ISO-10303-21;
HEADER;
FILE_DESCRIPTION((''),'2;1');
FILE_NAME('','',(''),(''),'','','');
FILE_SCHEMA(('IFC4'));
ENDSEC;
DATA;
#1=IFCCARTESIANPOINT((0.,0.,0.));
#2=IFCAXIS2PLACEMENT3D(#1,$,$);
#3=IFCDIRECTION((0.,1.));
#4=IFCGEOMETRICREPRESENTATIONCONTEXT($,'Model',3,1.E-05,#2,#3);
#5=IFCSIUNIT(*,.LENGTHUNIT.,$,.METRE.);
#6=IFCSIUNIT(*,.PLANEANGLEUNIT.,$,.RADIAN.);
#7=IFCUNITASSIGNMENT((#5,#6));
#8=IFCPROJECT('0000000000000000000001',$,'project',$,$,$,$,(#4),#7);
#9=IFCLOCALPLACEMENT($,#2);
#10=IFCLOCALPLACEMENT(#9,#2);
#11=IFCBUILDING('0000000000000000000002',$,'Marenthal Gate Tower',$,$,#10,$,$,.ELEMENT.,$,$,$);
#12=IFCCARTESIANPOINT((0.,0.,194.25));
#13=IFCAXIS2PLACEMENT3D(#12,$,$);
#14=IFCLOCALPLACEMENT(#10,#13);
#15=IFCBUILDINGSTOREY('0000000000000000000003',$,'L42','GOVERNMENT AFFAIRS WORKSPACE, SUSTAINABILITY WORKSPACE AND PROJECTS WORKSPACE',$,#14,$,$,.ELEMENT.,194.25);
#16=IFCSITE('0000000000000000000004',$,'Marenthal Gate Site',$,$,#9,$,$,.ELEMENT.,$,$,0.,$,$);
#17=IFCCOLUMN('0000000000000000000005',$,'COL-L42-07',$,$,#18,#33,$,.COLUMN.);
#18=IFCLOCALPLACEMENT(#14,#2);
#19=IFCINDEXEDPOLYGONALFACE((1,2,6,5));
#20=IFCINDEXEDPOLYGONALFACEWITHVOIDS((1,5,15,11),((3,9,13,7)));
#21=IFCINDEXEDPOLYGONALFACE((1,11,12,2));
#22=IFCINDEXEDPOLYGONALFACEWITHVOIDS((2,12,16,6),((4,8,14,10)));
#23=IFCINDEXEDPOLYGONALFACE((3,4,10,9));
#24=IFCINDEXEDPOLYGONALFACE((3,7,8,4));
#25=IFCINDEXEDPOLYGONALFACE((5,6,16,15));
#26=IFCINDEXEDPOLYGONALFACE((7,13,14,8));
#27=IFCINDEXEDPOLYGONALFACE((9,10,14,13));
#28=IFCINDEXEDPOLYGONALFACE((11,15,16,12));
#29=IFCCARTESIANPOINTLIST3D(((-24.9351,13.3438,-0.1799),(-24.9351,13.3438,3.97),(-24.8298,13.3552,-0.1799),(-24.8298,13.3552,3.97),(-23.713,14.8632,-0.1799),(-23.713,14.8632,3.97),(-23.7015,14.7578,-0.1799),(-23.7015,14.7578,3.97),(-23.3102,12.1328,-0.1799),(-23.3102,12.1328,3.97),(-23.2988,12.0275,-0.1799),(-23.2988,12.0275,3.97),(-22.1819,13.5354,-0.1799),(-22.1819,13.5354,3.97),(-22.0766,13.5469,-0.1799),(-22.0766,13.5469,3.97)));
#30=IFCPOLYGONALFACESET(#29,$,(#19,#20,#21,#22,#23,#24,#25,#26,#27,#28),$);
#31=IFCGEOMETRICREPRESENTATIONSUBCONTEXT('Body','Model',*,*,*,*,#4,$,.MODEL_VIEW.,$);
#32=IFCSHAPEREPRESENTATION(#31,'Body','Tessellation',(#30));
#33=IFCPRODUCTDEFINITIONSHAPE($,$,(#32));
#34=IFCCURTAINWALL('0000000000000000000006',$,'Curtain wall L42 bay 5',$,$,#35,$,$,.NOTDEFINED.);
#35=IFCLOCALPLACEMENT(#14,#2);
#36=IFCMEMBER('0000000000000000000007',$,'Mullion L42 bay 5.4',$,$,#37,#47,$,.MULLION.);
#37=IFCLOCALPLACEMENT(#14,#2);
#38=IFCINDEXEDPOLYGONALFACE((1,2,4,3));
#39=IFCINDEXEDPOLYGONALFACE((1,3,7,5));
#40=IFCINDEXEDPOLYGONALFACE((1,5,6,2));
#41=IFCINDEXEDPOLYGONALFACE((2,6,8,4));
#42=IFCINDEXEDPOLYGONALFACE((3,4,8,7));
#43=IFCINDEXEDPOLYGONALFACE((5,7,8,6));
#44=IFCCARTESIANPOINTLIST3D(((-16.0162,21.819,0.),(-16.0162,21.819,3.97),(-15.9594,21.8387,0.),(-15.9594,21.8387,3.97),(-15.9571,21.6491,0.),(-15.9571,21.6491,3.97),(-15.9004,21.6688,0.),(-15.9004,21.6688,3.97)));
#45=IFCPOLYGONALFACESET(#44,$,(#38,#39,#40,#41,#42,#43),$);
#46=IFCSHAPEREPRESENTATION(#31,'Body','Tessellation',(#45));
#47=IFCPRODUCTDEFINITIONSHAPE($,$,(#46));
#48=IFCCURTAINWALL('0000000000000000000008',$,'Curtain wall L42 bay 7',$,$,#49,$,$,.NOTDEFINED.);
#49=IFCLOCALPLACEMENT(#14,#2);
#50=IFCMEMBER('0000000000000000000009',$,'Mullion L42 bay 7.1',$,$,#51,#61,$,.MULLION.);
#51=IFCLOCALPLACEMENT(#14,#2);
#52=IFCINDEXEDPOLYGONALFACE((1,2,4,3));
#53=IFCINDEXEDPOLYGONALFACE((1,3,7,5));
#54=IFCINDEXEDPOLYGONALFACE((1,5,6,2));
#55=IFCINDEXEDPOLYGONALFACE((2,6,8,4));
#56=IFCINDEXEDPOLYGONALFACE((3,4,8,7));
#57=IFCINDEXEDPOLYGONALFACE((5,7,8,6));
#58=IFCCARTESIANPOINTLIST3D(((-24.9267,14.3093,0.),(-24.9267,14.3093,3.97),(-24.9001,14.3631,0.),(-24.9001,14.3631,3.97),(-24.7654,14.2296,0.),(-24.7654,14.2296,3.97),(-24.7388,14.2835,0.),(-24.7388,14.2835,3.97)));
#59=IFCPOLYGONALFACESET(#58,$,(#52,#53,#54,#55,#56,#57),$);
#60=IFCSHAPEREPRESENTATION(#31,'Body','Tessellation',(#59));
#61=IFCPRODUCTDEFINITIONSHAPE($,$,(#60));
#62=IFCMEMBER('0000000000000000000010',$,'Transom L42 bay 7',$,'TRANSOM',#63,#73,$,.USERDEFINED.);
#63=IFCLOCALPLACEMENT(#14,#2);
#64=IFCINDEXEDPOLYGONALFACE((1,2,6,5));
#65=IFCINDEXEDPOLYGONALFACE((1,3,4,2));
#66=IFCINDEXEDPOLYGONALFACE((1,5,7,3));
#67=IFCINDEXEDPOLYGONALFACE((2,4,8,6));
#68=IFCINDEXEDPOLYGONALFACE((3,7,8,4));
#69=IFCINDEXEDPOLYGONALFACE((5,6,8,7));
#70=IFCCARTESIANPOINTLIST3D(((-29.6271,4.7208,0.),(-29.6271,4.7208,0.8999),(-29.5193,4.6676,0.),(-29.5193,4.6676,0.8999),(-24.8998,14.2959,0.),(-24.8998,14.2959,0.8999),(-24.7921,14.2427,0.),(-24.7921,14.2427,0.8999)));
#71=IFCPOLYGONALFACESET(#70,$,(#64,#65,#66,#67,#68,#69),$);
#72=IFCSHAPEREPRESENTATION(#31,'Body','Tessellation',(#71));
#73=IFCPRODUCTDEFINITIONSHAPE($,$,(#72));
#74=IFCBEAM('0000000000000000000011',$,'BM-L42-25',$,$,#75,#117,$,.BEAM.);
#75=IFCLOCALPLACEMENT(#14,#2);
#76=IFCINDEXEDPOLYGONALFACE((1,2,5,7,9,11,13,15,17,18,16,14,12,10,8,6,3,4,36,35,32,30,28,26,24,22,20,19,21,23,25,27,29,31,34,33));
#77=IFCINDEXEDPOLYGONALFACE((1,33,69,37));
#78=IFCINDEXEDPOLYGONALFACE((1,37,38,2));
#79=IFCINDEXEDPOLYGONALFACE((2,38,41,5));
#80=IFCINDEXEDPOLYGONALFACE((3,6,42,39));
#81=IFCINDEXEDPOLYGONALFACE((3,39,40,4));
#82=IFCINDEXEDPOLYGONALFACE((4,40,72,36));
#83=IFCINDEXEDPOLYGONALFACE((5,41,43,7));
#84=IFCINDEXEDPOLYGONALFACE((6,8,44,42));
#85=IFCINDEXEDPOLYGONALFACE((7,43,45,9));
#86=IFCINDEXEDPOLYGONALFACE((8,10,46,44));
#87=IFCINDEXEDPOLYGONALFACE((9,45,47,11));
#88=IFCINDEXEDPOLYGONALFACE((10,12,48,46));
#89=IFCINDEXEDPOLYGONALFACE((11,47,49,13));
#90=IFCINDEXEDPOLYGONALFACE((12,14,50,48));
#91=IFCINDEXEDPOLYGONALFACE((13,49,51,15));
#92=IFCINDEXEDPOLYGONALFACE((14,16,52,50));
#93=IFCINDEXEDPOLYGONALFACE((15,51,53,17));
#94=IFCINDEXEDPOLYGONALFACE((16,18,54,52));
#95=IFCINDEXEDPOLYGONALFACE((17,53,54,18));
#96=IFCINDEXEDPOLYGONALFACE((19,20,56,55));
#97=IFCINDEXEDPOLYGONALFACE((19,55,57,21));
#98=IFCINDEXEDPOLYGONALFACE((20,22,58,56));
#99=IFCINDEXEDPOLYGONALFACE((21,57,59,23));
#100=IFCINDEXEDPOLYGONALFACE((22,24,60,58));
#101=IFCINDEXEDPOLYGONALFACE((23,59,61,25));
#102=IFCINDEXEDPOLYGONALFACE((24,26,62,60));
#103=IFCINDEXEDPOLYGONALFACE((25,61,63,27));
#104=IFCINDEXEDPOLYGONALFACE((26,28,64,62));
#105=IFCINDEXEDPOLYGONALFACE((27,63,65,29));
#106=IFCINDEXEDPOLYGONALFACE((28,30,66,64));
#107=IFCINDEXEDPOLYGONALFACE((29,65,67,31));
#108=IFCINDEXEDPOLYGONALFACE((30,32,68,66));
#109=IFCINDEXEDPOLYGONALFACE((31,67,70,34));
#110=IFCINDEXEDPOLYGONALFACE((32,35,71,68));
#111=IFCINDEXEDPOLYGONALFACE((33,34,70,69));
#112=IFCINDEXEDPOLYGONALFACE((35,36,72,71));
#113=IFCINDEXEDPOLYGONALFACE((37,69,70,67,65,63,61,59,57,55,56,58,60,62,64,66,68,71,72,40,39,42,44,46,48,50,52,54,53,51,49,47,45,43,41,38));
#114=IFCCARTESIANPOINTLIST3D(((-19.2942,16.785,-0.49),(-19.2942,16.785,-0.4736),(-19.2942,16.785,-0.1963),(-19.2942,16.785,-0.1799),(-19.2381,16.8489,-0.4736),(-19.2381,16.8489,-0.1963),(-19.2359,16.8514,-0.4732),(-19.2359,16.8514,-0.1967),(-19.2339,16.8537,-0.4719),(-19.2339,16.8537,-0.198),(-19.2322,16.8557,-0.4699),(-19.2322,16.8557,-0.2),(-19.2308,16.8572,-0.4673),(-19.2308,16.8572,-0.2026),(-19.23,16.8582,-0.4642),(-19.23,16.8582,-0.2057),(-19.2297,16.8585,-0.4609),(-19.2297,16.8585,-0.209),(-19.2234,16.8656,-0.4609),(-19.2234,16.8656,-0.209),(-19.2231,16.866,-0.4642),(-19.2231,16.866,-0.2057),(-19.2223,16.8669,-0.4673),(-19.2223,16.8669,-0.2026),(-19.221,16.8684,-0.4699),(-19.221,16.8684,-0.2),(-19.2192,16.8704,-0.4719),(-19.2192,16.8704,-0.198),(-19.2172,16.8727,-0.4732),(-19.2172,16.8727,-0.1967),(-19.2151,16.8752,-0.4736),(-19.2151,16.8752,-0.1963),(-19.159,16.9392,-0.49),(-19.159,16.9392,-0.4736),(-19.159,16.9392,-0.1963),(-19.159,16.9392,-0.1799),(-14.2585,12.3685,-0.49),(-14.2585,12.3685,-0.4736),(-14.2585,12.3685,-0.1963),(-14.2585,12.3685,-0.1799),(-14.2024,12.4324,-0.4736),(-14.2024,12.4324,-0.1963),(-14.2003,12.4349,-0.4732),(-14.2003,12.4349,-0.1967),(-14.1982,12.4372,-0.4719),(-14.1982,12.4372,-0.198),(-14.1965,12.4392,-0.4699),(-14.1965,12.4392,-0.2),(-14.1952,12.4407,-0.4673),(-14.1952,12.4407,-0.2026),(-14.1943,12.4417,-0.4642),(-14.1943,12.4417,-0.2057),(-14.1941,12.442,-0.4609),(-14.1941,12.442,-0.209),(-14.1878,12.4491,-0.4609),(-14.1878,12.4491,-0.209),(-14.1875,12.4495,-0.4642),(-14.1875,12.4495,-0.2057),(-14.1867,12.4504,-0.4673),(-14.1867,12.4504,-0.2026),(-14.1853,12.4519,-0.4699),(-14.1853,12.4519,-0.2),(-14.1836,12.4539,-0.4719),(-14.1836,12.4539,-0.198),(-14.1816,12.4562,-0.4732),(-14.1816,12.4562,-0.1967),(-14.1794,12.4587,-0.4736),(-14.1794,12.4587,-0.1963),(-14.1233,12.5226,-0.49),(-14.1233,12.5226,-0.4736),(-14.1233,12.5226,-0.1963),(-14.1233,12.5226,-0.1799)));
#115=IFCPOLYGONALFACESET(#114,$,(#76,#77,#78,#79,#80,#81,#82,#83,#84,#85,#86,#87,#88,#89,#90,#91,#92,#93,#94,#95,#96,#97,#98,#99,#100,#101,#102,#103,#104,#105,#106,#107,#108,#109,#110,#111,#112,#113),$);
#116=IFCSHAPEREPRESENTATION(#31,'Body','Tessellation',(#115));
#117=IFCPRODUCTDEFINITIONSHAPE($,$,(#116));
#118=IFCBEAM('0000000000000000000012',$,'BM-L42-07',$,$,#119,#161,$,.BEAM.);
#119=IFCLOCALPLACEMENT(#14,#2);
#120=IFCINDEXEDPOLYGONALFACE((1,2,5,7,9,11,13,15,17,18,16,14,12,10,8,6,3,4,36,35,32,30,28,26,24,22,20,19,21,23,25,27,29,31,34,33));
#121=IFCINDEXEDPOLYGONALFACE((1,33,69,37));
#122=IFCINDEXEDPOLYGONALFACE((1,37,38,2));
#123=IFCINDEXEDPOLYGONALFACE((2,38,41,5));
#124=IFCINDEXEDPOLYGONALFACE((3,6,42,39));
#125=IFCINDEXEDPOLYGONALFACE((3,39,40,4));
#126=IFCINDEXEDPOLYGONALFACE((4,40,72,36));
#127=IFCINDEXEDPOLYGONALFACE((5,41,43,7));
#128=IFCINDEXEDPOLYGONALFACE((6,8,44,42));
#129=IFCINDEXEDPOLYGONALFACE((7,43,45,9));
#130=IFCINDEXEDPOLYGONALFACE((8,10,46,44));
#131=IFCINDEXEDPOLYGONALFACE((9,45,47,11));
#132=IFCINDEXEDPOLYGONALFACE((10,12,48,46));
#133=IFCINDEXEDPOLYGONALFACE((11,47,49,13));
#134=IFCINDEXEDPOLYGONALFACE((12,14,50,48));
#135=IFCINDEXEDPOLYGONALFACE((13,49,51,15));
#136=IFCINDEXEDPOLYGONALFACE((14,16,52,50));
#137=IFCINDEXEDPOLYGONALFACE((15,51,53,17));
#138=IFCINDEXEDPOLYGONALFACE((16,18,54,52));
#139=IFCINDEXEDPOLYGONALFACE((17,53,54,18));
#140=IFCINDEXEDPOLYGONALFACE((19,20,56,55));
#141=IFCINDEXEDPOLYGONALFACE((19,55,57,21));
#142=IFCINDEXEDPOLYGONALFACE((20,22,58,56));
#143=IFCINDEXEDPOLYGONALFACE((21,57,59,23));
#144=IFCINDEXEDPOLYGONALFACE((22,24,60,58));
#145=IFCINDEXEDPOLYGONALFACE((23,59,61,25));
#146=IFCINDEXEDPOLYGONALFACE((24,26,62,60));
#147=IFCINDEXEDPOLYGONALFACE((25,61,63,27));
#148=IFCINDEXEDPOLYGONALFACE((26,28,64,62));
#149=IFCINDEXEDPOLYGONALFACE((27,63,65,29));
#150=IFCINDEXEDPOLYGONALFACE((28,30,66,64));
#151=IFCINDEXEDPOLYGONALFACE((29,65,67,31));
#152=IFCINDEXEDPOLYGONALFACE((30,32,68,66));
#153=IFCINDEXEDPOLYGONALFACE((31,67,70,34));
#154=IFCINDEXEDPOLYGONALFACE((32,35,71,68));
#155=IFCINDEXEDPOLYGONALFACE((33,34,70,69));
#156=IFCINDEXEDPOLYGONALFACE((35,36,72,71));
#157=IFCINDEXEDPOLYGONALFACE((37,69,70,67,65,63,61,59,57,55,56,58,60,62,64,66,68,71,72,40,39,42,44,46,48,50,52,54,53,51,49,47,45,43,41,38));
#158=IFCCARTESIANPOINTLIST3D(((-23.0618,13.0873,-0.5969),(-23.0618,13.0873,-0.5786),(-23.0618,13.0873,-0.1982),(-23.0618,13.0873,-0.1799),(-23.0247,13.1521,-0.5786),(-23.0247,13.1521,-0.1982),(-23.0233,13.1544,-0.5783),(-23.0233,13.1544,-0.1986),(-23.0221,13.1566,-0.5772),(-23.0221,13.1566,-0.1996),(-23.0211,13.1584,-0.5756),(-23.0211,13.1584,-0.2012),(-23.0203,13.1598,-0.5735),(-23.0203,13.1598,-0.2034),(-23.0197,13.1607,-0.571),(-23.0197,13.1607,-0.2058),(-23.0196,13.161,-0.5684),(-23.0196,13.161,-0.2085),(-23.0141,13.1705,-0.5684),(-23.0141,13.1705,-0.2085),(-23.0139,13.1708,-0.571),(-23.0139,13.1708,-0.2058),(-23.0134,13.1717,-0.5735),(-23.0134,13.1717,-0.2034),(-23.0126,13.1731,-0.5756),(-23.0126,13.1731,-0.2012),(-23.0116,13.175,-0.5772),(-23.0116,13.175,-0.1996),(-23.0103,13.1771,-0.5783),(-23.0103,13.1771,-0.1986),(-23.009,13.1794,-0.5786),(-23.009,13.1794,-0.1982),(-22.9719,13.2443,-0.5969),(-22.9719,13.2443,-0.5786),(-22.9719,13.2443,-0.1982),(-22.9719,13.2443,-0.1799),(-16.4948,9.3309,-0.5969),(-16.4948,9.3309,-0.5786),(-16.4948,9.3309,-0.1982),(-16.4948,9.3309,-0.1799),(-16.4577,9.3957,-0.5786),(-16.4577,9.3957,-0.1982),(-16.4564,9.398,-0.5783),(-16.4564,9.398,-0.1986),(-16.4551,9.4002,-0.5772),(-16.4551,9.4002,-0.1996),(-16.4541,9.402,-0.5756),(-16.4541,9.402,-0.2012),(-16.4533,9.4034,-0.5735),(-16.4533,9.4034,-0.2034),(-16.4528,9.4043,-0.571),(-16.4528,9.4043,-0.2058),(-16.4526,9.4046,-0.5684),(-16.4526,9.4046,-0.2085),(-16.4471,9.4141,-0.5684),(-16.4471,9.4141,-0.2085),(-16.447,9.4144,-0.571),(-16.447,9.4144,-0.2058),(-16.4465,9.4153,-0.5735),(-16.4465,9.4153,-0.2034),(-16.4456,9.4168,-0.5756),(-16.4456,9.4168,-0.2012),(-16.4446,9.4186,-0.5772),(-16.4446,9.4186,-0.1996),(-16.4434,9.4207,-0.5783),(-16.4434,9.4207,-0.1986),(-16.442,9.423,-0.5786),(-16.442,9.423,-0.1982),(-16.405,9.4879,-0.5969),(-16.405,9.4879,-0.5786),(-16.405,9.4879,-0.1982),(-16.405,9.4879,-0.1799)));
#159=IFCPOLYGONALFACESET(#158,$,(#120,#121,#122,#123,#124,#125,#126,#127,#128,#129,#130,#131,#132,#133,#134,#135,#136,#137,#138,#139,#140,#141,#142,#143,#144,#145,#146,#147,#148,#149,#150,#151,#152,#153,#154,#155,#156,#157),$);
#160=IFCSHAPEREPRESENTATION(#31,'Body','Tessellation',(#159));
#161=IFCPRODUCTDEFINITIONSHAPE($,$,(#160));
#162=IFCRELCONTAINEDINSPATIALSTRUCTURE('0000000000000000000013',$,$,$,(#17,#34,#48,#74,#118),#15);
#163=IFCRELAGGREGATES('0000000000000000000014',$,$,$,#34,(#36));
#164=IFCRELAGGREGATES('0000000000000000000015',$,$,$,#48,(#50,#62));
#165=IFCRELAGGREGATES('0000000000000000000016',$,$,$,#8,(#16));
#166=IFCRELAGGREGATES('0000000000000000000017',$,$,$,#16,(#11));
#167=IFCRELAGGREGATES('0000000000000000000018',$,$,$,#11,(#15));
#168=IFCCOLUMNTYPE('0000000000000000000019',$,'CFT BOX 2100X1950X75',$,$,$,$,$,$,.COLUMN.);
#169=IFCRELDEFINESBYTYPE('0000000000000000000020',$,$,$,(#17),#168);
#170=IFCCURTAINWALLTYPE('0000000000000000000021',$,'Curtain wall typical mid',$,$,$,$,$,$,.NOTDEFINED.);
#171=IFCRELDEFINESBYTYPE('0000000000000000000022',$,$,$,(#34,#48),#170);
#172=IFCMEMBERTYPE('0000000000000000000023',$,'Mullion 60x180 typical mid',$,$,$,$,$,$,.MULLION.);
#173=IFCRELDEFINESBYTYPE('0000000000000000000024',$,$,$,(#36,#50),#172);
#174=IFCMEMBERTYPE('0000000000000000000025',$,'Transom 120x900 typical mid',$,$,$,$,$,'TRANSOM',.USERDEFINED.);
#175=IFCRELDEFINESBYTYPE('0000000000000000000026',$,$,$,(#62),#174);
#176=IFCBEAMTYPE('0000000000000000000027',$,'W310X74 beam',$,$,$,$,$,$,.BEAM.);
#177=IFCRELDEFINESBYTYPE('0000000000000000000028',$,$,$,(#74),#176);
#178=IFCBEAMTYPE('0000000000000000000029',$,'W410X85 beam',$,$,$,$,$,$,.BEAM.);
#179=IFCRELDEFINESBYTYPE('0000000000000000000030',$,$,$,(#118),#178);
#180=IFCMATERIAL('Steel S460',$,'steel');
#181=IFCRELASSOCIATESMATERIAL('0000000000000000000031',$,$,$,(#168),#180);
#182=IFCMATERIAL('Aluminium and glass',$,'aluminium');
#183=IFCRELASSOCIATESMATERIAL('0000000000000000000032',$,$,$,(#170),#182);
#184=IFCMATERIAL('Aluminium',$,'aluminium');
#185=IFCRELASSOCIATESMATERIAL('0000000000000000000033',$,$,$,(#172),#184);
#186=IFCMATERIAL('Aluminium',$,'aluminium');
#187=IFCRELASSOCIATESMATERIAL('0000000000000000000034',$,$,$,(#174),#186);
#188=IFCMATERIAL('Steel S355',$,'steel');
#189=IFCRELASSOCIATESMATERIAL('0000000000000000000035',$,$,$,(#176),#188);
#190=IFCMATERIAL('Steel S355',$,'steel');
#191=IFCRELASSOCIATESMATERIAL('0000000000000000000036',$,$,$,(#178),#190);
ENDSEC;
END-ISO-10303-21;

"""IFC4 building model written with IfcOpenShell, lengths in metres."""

from ifc_helpers import new_model, si_unit, direction, frame, origin, origin_2d, place, context, subcontext, project, spatial, rectangle, hollow_rectangle, i_section, extrude, material, material_profile, profile_set, type_object, element, aggregate, save


model = new_model("IFC4")

# Units and contexts
model_context = context("Model", 3, precision=1e-05, world=origin(), true_north=direction((0.0, 1.0)))
body_context = subcontext(model_context, "Body", "Model", "MODEL_VIEW")
ifc_project = project(units=[si_unit("LENGTHUNIT", "METRE"), si_unit("PLANEANGLEUNIT", "RADIAN")], contexts=[model_context])

# Site, building, storey
site_placement = place(None, origin())
site = spatial("IfcSite", under=ifc_project, at=site_placement, Name="Marenthal Gate Site", CompositionType="ELEMENT", RefElevation=0.0)
building_placement = place(site_placement, origin())
building = spatial("IfcBuilding", under=site, at=building_placement, Name="Marenthal Gate Tower", CompositionType="ELEMENT")
storey_placement = place(building_placement, frame((0.0, 0.0, 194.25)))
storey = spatial("IfcBuildingStorey", under=building, at=storey_placement, Name="L42", Description="GOVERNMENT AFFAIRS WORKSPACE, SUSTAINABILITY WORKSPACE AND PROJECTS WORKSPACE", CompositionType="ELEMENT", Elevation=194.25)

# Column
ifc_material_1 = material(Name="Steel S460", Category="steel")
ifc_material_profile_1 = material_profile(ifc_material_1, hollow_rectangle(XDim=1.95, YDim=2.1001, WallThickness=0.075, at=origin_2d()), Name="CFT BOX 2100X1950X75")
ifc_material_2 = material(Name="Concrete 70 MPa", Category="concrete")
ifc_material_profile_2 = material_profile(ifc_material_2, rectangle(XDim=1.8, YDim=1.95, at=origin_2d()), Name="CFT BOX 2100X1950X75 INFILL")
ifc_profile_set_1 = profile_set([ifc_material_profile_1, ifc_material_profile_2], Name="Steel S460 shell, Concrete 70 MPa infill")
column_type = type_object("IfcColumnType", Name="CFT BOX 2100X1950X75", PredefinedType="COLUMN", material=ifc_profile_set_1)
column_placement = place(storey_placement, frame((-23.5059, 13.4453, -0.1799), z_axis=(0.0, 0.0, 1.0), x_axis=(0.626783, 0.779194, 0.0)))
element("IfcColumn", 1, at=column_placement, inside=storey, type_object=column_type, Name="COL-L42-07", PredefinedType="COLUMN", context=body_context, shape_type="SweptSolid", body=[
    extrude(hollow_rectangle(XDim=1.95, YDim=2.1001, WallThickness=0.075, at=origin_2d()), origin(), (0.0, 0.0, 1.0), 4.1499),
])

# Curtain wall, member
ifc_material_3 = material(Name="Aluminium and glass", Category="aluminium")
curtain_wall_type = type_object("IfcCurtainWallType", Name="Curtain wall typical mid", PredefinedType="NOTDEFINED", material=ifc_material_3)
curtain_wall_1_placement = place(storey_placement, origin())
curtain_wall_1 = element("IfcCurtainWall", 2, at=curtain_wall_1_placement, inside=storey, type_object=curtain_wall_type, Name="Curtain wall L42 bay 5", PredefinedType="NOTDEFINED")
ifc_material_4 = material(Name="Aluminium", Category="aluminium")
ifc_material_profile_3 = material_profile(ifc_material_4, rectangle(XDim=0.1799, YDim=0.0601, at=origin_2d()), Name="60x180 aluminium mullion")
ifc_profile_set_2 = profile_set([ifc_material_profile_3], Name="Aluminium")
member_type_1 = type_object("IfcMemberType", Name="Mullion 60x180 typical mid", PredefinedType="MULLION", material=ifc_profile_set_2)
member_1_placement = place(storey_placement, frame((-15.9583, 21.7439, 0.0), z_axis=(0.0, 0.0, 1.0), x_axis=(0.328273, -0.944583, 0.0)))
member_1 = element("IfcMember", 3, at=member_1_placement, type_object=member_type_1, Name="Mullion L42 bay 5.4", PredefinedType="MULLION", context=body_context, shape_type="SweptSolid", body=[
    extrude(rectangle(XDim=0.1799, YDim=0.0601, at=origin_2d()), origin(), (0.0, 0.0, 1.0), 3.97),
])
aggregate(curtain_wall_1, [member_1])

# Curtain wall, members
curtain_wall_2_placement = place(storey_placement, origin())
curtain_wall_2 = element("IfcCurtainWall", 4, at=curtain_wall_2_placement, inside=storey, type_object=curtain_wall_type, Name="Curtain wall L42 bay 7", PredefinedType="NOTDEFINED")
member_2_placement = place(storey_placement, frame((-24.8328, 14.2964, 0.0), z_axis=(0.0, 0.0, 1.0), x_axis=(0.896681, -0.442678, 0.0)))
member_2 = element("IfcMember", 5, at=member_2_placement, type_object=member_type_1, Name="Mullion L42 bay 7.1", PredefinedType="MULLION", context=body_context, shape_type="SweptSolid", body=[
    extrude(rectangle(XDim=0.1799, YDim=0.0601, at=origin_2d()), origin(), (0.0, 0.0, 1.0), 3.97),
])
ifc_material_5 = material(Name="Aluminium", Category="aluminium")
ifc_material_profile_4 = material_profile(ifc_material_5, rectangle(XDim=0.1201, YDim=0.8999, at=origin_2d()), Name="120x900 aluminium transom")
ifc_profile_set_3 = profile_set([ifc_material_profile_4], Name="Aluminium")
member_type_2 = type_object("IfcMemberType", Name="Transom 120x900 typical mid", ElementType="TRANSOM", PredefinedType="USERDEFINED", material=ifc_profile_set_3)
member_3_placement = place(storey_placement, frame((-24.8459, 14.2693, 0.45), z_axis=(-0.44269, -0.896675, 0.0), x_axis=(0.896675, -0.44269, 0.0)))
member_3 = element("IfcMember", 6, at=member_3_placement, type_object=member_type_2, Name="Transom L42 bay 7", ObjectType="TRANSOM", PredefinedType="USERDEFINED", context=body_context, shape_type="SweptSolid", body=[
    extrude(rectangle(XDim=0.1201, YDim=0.8999, at=origin_2d()), origin(), (0.0, 0.0, 1.0), 10.6785),
])

# Beams
ifc_material_6 = material(Name="Steel S355", Category="steel")
ifc_material_profile_5 = material_profile(ifc_material_6, i_section(OverallWidth=0.2051, OverallDepth=0.3101, WebThickness=0.0095, FlangeThickness=0.0164, FilletRadius=0.0127, at=origin_2d()), Name="W310X74")
ifc_profile_set_4 = profile_set([ifc_material_profile_5], Name="Steel S355")
beam_type_1 = type_object("IfcBeamType", Name="W310X74 beam", PredefinedType="BEAM", material=ifc_profile_set_4)
beam_1_placement = place(storey_placement, frame((-19.2266, 16.8621, -0.335), z_axis=(0.751813, -0.659376, 0.0), x_axis=(0.659376, 0.751813, 0.0)))
element("IfcBeam", 7, at=beam_1_placement, inside=storey, type_object=beam_type_1, Name="BM-L42-25", PredefinedType="BEAM", context=body_context, shape_type="SweptSolid", body=[
    extrude(i_section(OverallWidth=0.2051, OverallDepth=0.3101, WebThickness=0.0095, FlangeThickness=0.0164, FilletRadius=0.0127, at=origin_2d()), origin(), (0.0, 0.0, 1.0), 6.698),
])
ifc_material_7 = material(Name="Steel S355", Category="steel")
ifc_material_profile_6 = material_profile(ifc_material_7, i_section(OverallWidth=0.1809, OverallDepth=0.417, WebThickness=0.011, FlangeThickness=0.0183, FilletRadius=0.0103, at=origin_2d()), Name="W410X85")
ifc_profile_set_5 = profile_set([ifc_material_profile_6], Name="Steel S355")
beam_type_2 = type_object("IfcBeamType", Name="W410X85 beam", PredefinedType="BEAM", material=ifc_profile_set_5)
beam_2_placement = place(storey_placement, frame((-23.0168, 13.1658, -0.3884), z_axis=(0.868025, -0.496521, 0.0), x_axis=(0.496521, 0.868025, 0.0)))
element("IfcBeam", 8, at=beam_2_placement, inside=storey, type_object=beam_type_2, Name="BM-L42-07", PredefinedType="BEAM", context=body_context, shape_type="SweptSolid", body=[
    extrude(i_section(OverallWidth=0.1809, OverallDepth=0.417, WebThickness=0.011, FlangeThickness=0.0183, FilletRadius=0.0103, at=origin_2d()), origin(), (0.0, 0.0, 1.0), 7.5654),
])

aggregate(curtain_wall_2, [member_2, member_3])

save(model, "model.ifc")
